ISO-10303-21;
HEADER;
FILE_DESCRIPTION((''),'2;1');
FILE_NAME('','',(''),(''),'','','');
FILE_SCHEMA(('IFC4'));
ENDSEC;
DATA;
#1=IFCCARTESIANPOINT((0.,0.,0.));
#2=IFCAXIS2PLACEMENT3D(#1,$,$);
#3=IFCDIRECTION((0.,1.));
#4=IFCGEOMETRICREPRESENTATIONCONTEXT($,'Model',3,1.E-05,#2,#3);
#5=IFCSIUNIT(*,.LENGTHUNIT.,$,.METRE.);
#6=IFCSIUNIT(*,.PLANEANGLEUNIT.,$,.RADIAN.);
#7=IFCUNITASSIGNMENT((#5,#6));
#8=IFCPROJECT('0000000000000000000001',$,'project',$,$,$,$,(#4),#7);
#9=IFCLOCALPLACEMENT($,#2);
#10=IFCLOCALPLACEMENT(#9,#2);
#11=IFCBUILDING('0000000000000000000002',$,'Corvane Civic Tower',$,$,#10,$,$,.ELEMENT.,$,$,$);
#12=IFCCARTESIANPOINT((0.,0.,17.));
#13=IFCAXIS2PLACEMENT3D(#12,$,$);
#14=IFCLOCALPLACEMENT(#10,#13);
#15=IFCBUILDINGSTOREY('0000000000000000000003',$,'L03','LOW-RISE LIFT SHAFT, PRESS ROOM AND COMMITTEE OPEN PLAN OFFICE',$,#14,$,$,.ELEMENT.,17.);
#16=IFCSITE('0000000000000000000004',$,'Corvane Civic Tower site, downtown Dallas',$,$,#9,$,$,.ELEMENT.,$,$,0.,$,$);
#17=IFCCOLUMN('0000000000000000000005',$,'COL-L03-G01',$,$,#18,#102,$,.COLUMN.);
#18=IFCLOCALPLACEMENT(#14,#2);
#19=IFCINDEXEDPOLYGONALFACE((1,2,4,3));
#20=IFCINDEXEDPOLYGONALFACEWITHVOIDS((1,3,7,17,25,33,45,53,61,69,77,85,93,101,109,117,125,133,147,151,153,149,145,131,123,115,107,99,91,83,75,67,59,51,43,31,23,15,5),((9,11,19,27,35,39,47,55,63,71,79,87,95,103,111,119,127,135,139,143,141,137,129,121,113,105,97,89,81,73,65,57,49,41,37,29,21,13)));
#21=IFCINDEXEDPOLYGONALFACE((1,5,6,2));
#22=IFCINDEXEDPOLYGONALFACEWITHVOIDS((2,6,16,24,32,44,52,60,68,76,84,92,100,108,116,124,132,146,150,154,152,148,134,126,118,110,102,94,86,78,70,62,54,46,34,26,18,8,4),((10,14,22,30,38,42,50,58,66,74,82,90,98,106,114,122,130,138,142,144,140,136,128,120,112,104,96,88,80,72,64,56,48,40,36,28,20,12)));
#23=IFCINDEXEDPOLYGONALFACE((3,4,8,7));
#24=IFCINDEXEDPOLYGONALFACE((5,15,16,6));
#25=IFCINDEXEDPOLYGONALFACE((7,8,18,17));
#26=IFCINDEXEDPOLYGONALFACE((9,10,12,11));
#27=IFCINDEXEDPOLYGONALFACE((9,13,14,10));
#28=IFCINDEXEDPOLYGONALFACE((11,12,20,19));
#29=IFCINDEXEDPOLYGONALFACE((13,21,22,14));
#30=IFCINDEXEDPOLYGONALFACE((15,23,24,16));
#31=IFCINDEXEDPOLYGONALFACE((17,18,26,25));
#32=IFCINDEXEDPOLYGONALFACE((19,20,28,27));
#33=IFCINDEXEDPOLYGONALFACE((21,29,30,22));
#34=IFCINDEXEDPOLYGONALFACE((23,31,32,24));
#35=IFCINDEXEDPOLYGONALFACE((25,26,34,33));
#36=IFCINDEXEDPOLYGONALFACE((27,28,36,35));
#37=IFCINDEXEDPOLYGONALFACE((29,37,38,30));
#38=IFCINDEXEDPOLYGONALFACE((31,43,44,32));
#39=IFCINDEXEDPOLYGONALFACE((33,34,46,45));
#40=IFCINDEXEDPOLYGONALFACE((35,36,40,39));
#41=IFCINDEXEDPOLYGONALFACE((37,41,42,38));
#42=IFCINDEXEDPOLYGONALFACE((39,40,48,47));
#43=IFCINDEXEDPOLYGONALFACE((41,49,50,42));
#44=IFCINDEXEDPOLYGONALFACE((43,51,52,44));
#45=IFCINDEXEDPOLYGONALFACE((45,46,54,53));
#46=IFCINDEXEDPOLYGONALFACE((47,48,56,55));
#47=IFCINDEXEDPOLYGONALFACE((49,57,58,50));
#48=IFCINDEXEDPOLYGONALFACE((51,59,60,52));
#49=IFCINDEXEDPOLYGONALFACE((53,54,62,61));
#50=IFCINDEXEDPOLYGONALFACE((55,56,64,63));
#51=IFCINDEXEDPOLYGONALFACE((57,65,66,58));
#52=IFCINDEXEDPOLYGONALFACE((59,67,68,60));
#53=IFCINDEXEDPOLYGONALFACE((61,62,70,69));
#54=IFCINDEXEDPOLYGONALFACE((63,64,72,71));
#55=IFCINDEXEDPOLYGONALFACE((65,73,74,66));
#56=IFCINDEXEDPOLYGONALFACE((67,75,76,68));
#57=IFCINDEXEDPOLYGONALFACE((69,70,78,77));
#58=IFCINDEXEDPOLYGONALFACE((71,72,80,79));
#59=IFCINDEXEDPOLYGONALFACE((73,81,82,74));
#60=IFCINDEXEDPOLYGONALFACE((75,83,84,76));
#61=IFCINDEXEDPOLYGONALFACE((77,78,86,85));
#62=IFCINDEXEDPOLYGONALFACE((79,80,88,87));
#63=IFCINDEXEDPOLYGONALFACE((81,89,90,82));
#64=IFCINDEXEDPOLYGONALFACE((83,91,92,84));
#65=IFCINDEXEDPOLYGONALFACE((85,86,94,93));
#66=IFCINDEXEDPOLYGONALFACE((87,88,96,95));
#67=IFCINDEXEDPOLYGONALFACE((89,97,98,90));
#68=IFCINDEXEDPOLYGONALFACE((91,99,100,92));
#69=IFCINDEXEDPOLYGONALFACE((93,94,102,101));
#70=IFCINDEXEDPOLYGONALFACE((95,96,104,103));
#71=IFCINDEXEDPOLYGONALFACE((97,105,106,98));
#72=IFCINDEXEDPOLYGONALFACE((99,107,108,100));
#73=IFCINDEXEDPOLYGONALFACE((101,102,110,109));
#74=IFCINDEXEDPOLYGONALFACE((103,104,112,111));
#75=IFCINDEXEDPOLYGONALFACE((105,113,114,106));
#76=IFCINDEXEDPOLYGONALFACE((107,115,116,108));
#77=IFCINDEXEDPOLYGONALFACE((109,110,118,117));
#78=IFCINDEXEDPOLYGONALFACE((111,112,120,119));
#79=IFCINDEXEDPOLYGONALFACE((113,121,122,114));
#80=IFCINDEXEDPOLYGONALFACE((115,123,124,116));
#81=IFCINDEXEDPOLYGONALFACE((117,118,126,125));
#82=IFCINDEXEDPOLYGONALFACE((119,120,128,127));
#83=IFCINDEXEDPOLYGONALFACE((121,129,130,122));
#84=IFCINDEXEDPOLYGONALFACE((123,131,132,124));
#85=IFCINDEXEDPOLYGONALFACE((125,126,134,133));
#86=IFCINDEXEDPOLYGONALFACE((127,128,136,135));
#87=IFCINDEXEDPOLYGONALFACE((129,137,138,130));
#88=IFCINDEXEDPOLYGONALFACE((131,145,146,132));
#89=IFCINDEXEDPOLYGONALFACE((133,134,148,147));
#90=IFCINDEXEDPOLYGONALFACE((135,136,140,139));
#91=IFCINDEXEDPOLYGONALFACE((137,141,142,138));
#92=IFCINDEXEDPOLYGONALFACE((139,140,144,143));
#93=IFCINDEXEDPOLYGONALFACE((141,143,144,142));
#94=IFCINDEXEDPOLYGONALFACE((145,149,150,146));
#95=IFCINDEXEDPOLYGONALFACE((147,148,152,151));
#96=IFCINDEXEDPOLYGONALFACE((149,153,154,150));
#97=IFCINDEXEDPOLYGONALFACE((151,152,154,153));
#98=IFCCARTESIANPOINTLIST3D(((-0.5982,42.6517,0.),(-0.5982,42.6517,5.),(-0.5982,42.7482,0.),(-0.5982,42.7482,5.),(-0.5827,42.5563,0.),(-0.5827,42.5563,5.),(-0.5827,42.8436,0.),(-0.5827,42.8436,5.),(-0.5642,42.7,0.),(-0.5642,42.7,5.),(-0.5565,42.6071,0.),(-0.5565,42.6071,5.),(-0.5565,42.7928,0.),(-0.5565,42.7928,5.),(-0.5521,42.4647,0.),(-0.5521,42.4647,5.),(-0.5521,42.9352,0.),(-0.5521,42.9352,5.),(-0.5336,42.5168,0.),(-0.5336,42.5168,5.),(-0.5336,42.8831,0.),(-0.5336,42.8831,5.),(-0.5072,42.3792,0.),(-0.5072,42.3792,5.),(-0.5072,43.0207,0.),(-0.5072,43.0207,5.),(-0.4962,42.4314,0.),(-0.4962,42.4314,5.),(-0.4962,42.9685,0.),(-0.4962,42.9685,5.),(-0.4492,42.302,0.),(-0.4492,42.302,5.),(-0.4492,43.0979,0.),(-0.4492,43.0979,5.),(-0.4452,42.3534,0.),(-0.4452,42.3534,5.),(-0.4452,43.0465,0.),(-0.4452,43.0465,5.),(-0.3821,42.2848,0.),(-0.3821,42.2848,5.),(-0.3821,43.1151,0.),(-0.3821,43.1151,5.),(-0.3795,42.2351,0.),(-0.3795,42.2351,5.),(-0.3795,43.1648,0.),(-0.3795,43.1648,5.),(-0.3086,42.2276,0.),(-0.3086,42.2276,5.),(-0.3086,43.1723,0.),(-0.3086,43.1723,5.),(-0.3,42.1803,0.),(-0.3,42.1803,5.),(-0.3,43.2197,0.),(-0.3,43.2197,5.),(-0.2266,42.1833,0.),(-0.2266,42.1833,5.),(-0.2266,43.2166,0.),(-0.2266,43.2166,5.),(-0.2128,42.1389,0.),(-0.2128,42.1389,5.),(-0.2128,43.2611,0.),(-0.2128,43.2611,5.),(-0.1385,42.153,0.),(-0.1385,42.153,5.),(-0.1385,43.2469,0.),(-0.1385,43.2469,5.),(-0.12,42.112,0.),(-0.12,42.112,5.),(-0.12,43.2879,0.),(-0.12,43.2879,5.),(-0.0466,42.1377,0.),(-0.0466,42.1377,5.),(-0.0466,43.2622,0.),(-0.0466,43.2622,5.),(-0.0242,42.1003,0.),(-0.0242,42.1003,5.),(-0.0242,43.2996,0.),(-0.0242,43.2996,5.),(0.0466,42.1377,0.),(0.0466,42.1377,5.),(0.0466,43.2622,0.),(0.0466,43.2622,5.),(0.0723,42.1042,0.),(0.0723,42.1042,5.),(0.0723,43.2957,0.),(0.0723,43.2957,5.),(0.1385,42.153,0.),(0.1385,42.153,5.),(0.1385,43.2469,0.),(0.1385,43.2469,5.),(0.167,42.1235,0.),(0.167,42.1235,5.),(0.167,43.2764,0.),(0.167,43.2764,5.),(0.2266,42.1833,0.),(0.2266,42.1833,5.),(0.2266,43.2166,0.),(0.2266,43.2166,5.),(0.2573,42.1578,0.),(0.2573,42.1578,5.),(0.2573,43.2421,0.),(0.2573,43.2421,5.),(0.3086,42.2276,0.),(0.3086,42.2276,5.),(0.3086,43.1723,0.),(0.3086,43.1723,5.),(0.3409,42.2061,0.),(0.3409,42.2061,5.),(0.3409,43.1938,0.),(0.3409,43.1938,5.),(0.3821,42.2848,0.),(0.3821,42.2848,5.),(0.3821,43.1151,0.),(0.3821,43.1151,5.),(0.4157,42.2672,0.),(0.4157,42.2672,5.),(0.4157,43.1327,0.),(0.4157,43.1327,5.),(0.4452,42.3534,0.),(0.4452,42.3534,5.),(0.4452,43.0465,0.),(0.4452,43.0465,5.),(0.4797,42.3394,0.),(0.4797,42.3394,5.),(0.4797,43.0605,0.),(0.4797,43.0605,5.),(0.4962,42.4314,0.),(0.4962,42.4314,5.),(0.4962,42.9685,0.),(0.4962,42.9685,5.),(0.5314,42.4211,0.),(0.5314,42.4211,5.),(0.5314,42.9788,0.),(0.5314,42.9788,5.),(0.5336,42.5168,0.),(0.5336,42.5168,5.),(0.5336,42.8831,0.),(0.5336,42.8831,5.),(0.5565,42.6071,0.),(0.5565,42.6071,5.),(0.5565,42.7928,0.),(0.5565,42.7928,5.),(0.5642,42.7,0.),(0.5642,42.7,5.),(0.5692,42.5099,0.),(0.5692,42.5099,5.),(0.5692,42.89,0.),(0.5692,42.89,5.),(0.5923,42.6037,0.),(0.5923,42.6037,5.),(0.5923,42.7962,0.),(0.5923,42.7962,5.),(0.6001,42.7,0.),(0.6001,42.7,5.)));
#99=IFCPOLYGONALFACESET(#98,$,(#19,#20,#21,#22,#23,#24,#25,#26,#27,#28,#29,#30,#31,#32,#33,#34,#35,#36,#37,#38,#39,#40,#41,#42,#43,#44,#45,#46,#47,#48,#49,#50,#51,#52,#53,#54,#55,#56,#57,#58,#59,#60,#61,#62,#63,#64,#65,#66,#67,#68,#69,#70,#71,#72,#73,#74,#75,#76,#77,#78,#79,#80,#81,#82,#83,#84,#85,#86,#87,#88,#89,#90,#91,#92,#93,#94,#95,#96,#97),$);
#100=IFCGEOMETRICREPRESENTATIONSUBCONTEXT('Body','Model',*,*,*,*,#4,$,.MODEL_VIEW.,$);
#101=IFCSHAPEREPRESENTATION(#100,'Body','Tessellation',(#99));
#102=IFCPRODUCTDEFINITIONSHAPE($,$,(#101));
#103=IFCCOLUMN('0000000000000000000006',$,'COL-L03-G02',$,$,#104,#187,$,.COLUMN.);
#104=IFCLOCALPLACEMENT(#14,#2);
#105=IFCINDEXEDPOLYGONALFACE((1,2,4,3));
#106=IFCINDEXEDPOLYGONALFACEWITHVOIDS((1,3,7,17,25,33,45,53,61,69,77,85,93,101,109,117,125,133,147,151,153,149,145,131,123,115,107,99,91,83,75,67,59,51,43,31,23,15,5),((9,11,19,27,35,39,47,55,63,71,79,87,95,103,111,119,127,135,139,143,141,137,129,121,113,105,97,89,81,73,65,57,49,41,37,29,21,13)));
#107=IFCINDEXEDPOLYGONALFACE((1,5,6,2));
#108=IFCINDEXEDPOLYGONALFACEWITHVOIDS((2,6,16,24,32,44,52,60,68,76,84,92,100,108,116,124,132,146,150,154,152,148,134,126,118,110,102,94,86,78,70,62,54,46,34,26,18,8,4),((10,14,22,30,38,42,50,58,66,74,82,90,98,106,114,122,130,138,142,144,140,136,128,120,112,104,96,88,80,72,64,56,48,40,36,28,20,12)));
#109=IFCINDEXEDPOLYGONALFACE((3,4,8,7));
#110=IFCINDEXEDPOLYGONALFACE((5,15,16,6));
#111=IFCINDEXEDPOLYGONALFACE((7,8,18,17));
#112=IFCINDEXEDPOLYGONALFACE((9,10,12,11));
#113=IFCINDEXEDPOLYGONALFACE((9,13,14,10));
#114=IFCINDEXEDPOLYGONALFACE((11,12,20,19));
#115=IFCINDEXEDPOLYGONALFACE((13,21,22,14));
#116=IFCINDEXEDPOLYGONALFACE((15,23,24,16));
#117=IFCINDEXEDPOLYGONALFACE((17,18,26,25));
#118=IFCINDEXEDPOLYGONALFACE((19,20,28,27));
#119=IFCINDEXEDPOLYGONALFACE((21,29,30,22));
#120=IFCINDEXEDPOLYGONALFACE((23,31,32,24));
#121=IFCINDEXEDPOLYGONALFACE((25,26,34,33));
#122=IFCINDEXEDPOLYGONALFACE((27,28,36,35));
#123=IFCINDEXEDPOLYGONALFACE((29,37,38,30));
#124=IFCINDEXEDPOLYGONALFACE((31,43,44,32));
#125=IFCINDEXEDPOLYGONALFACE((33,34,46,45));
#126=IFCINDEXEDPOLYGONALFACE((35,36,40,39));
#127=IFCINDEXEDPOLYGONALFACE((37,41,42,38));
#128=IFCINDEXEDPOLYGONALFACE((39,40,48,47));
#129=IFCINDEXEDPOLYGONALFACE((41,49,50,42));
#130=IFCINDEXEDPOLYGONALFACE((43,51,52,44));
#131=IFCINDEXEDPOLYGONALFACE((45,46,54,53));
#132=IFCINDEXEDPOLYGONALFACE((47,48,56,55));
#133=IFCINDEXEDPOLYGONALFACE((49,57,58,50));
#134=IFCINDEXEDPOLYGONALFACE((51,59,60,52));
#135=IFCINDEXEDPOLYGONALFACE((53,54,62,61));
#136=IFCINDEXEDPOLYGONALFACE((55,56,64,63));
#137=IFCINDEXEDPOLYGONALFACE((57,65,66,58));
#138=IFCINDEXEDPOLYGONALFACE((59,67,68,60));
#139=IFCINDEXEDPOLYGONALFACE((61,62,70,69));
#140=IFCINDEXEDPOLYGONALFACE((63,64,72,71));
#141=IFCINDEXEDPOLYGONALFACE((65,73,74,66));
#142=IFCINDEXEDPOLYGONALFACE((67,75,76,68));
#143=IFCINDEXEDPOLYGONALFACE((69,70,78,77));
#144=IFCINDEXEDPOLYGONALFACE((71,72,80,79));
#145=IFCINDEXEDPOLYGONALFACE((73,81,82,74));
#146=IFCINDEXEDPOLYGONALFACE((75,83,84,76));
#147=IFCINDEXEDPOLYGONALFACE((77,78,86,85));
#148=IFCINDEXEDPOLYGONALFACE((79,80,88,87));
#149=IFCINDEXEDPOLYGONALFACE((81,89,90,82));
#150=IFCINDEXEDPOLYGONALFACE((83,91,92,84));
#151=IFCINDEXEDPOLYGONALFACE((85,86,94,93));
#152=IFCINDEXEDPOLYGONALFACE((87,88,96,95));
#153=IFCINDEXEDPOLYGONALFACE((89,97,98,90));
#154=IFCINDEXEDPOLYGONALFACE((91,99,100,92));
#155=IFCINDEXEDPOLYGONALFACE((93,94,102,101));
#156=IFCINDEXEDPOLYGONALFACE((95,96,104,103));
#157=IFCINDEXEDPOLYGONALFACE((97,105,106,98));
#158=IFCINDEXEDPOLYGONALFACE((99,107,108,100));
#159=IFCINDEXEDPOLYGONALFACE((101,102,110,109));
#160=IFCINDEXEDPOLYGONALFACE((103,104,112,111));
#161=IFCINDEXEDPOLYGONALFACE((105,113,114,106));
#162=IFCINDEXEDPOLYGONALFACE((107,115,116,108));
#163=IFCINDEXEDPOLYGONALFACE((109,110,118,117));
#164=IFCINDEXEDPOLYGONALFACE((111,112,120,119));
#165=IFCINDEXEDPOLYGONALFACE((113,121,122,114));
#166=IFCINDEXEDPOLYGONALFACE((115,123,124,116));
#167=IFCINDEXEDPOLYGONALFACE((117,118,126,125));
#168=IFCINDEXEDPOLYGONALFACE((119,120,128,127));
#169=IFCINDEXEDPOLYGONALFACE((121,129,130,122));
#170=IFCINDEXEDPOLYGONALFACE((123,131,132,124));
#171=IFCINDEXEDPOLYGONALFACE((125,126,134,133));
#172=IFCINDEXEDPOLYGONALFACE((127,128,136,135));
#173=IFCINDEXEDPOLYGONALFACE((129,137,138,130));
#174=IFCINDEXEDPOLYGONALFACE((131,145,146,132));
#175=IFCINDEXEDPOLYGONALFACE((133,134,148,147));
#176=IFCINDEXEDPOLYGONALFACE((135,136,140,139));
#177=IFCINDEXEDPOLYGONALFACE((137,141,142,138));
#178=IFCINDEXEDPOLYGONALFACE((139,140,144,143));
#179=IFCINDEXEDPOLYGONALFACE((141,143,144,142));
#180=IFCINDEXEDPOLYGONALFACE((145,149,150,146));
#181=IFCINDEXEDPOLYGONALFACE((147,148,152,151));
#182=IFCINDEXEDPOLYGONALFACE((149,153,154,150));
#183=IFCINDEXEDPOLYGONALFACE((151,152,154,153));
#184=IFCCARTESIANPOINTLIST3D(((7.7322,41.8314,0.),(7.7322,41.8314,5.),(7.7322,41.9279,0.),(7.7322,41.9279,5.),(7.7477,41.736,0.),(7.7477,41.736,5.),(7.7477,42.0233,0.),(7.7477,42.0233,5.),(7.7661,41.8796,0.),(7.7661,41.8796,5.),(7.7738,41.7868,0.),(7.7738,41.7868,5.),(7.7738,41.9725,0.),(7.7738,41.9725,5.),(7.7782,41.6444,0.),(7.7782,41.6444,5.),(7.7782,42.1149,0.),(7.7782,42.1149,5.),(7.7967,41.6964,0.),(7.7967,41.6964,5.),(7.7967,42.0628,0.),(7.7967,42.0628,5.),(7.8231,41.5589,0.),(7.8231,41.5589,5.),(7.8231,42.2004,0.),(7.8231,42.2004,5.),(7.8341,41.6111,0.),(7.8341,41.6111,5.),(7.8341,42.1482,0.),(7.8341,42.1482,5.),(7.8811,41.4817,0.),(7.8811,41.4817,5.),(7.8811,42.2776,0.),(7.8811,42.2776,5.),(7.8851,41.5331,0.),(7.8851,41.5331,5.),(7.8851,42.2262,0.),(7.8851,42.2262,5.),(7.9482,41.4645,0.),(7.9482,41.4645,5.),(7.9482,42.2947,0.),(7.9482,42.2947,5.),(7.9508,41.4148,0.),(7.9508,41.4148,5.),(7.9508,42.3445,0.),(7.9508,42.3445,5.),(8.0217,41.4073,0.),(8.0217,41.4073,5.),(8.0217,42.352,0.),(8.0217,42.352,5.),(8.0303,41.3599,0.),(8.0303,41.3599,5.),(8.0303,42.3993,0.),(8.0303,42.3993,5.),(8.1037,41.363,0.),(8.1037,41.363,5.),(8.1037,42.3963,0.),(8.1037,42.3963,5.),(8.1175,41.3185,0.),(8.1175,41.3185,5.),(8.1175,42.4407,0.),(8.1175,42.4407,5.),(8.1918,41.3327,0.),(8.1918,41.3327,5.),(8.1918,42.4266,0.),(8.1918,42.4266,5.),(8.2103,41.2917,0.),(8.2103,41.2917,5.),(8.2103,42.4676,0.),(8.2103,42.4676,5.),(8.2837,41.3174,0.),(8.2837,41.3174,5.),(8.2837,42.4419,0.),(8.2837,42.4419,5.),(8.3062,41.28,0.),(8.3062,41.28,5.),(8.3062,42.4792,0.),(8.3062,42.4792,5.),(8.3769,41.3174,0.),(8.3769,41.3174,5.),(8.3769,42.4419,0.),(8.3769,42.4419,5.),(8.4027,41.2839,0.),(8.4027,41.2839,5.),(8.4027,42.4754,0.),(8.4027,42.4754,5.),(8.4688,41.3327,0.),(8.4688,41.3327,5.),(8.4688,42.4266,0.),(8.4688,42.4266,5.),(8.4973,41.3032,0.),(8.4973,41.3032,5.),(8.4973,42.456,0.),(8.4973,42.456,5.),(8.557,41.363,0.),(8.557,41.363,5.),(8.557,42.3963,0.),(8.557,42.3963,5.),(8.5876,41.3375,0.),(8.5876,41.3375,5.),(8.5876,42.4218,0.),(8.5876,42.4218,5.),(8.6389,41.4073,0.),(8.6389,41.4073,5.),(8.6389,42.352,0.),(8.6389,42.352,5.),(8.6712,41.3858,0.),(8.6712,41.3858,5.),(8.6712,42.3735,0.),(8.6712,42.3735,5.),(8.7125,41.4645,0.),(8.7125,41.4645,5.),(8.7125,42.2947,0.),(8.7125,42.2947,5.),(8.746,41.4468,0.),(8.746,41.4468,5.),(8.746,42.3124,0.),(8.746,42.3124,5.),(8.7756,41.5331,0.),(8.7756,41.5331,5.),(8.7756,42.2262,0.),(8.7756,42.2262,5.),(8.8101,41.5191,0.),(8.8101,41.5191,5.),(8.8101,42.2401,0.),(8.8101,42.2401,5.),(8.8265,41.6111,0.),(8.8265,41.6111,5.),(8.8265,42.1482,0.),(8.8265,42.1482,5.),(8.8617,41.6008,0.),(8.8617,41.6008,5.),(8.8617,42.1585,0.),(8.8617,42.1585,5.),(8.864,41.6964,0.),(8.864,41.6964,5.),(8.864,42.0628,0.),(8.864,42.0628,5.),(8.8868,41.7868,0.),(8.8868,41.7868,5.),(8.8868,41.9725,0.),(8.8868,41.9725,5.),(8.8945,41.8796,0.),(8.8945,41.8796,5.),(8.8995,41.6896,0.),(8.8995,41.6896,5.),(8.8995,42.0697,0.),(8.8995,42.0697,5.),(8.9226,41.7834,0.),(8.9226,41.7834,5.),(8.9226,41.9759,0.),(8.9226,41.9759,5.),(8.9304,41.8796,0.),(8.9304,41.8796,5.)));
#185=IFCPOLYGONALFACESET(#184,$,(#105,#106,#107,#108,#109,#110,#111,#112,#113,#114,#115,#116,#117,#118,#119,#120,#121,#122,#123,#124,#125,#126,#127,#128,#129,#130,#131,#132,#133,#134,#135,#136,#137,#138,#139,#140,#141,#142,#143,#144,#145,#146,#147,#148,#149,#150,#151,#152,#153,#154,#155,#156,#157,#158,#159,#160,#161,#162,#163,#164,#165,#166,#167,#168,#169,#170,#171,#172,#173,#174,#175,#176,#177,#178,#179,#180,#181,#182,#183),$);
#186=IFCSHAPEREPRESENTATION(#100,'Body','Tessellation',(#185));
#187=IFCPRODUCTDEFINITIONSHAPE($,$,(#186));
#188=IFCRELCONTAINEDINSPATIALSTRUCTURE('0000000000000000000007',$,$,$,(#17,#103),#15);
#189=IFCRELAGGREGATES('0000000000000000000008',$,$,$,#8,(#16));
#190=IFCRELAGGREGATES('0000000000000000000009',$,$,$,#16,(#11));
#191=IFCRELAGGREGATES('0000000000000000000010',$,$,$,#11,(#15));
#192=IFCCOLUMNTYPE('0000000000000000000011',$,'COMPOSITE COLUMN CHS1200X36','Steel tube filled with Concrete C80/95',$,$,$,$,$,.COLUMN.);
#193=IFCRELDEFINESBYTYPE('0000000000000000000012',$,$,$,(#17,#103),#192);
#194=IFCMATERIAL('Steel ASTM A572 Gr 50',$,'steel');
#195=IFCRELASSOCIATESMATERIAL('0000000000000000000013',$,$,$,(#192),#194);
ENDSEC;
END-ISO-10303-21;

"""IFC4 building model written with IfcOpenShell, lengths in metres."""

from ifc_helpers import new_model, si_unit, direction, frame, origin, origin_2d, place, context, subcontext, project, spatial, hollow_circle, extrude, material, material_profile, profile_set, type_object, element, save


model = new_model("IFC4")

# Units and contexts
model_context = context("Model", 3, precision=1e-05, world=origin(), true_north=direction((0.0, 1.0)))
body_context = subcontext(model_context, "Body", "Model", "MODEL_VIEW")
ifc_project = project(units=[si_unit("LENGTHUNIT", "METRE"), si_unit("PLANEANGLEUNIT", "RADIAN")], contexts=[model_context])

# Site, building, storey
site_placement = place(None, origin())
site = spatial("IfcSite", under=ifc_project, at=site_placement, Name="Corvane Civic Tower site, downtown Dallas", CompositionType="ELEMENT", RefElevation=0.0)
building_placement = place(site_placement, origin())
building = spatial("IfcBuilding", under=site, at=building_placement, Name="Corvane Civic Tower", CompositionType="ELEMENT")
storey_placement = place(building_placement, frame((0.0, 0.0, 17.0)))
storey = spatial("IfcBuildingStorey", under=building, at=storey_placement, Name="L03", Description="LOW-RISE LIFT SHAFT, PRESS ROOM AND COMMITTEE OPEN PLAN OFFICE", CompositionType="ELEMENT", Elevation=17.0)

# Columns
ifc_material_1 = material(Name="Steel ASTM A572 Gr 50", Category="steel")
ifc_material_profile_1 = material_profile(ifc_material_1, hollow_circle(Radius=0.6001, WallThickness=0.0359, at=origin_2d()), Name="CHS1200X36")
ifc_profile_set_1 = profile_set([ifc_material_profile_1], Name="Steel ASTM A572 Gr 50")
column_type_1 = type_object("IfcColumnType", Name="COMPOSITE COLUMN CHS1200X36", Description="Steel tube filled with Concrete C80/95", PredefinedType="COLUMN", material=ifc_profile_set_1)
for number, where, z_axis, x_axis, name in (
    (1, (0.0, 42.7, 0.0), (0.0, 0.0, 1.0), (1.0, 0.0, 0.0), "COL-L03-G01"),
    (2, (8.3303, 41.8796, 0.0), (0.0, 0.0, 1.0), (1.0, 0.0, 0.0), "COL-L03-G02"),
):
    element("IfcColumn", number, at=place(storey_placement, frame(where, z_axis=z_axis, x_axis=x_axis)), inside=storey, type_object=column_type_1, Name=name, PredefinedType="COLUMN", context=body_context, shape_type="SweptSolid", body=[
        extrude(hollow_circle(Radius=0.6001, WallThickness=0.0359, at=origin_2d()), origin(), (0.0, 0.0, 1.0), 5.0),
    ])

save(model, "model.ifc")
